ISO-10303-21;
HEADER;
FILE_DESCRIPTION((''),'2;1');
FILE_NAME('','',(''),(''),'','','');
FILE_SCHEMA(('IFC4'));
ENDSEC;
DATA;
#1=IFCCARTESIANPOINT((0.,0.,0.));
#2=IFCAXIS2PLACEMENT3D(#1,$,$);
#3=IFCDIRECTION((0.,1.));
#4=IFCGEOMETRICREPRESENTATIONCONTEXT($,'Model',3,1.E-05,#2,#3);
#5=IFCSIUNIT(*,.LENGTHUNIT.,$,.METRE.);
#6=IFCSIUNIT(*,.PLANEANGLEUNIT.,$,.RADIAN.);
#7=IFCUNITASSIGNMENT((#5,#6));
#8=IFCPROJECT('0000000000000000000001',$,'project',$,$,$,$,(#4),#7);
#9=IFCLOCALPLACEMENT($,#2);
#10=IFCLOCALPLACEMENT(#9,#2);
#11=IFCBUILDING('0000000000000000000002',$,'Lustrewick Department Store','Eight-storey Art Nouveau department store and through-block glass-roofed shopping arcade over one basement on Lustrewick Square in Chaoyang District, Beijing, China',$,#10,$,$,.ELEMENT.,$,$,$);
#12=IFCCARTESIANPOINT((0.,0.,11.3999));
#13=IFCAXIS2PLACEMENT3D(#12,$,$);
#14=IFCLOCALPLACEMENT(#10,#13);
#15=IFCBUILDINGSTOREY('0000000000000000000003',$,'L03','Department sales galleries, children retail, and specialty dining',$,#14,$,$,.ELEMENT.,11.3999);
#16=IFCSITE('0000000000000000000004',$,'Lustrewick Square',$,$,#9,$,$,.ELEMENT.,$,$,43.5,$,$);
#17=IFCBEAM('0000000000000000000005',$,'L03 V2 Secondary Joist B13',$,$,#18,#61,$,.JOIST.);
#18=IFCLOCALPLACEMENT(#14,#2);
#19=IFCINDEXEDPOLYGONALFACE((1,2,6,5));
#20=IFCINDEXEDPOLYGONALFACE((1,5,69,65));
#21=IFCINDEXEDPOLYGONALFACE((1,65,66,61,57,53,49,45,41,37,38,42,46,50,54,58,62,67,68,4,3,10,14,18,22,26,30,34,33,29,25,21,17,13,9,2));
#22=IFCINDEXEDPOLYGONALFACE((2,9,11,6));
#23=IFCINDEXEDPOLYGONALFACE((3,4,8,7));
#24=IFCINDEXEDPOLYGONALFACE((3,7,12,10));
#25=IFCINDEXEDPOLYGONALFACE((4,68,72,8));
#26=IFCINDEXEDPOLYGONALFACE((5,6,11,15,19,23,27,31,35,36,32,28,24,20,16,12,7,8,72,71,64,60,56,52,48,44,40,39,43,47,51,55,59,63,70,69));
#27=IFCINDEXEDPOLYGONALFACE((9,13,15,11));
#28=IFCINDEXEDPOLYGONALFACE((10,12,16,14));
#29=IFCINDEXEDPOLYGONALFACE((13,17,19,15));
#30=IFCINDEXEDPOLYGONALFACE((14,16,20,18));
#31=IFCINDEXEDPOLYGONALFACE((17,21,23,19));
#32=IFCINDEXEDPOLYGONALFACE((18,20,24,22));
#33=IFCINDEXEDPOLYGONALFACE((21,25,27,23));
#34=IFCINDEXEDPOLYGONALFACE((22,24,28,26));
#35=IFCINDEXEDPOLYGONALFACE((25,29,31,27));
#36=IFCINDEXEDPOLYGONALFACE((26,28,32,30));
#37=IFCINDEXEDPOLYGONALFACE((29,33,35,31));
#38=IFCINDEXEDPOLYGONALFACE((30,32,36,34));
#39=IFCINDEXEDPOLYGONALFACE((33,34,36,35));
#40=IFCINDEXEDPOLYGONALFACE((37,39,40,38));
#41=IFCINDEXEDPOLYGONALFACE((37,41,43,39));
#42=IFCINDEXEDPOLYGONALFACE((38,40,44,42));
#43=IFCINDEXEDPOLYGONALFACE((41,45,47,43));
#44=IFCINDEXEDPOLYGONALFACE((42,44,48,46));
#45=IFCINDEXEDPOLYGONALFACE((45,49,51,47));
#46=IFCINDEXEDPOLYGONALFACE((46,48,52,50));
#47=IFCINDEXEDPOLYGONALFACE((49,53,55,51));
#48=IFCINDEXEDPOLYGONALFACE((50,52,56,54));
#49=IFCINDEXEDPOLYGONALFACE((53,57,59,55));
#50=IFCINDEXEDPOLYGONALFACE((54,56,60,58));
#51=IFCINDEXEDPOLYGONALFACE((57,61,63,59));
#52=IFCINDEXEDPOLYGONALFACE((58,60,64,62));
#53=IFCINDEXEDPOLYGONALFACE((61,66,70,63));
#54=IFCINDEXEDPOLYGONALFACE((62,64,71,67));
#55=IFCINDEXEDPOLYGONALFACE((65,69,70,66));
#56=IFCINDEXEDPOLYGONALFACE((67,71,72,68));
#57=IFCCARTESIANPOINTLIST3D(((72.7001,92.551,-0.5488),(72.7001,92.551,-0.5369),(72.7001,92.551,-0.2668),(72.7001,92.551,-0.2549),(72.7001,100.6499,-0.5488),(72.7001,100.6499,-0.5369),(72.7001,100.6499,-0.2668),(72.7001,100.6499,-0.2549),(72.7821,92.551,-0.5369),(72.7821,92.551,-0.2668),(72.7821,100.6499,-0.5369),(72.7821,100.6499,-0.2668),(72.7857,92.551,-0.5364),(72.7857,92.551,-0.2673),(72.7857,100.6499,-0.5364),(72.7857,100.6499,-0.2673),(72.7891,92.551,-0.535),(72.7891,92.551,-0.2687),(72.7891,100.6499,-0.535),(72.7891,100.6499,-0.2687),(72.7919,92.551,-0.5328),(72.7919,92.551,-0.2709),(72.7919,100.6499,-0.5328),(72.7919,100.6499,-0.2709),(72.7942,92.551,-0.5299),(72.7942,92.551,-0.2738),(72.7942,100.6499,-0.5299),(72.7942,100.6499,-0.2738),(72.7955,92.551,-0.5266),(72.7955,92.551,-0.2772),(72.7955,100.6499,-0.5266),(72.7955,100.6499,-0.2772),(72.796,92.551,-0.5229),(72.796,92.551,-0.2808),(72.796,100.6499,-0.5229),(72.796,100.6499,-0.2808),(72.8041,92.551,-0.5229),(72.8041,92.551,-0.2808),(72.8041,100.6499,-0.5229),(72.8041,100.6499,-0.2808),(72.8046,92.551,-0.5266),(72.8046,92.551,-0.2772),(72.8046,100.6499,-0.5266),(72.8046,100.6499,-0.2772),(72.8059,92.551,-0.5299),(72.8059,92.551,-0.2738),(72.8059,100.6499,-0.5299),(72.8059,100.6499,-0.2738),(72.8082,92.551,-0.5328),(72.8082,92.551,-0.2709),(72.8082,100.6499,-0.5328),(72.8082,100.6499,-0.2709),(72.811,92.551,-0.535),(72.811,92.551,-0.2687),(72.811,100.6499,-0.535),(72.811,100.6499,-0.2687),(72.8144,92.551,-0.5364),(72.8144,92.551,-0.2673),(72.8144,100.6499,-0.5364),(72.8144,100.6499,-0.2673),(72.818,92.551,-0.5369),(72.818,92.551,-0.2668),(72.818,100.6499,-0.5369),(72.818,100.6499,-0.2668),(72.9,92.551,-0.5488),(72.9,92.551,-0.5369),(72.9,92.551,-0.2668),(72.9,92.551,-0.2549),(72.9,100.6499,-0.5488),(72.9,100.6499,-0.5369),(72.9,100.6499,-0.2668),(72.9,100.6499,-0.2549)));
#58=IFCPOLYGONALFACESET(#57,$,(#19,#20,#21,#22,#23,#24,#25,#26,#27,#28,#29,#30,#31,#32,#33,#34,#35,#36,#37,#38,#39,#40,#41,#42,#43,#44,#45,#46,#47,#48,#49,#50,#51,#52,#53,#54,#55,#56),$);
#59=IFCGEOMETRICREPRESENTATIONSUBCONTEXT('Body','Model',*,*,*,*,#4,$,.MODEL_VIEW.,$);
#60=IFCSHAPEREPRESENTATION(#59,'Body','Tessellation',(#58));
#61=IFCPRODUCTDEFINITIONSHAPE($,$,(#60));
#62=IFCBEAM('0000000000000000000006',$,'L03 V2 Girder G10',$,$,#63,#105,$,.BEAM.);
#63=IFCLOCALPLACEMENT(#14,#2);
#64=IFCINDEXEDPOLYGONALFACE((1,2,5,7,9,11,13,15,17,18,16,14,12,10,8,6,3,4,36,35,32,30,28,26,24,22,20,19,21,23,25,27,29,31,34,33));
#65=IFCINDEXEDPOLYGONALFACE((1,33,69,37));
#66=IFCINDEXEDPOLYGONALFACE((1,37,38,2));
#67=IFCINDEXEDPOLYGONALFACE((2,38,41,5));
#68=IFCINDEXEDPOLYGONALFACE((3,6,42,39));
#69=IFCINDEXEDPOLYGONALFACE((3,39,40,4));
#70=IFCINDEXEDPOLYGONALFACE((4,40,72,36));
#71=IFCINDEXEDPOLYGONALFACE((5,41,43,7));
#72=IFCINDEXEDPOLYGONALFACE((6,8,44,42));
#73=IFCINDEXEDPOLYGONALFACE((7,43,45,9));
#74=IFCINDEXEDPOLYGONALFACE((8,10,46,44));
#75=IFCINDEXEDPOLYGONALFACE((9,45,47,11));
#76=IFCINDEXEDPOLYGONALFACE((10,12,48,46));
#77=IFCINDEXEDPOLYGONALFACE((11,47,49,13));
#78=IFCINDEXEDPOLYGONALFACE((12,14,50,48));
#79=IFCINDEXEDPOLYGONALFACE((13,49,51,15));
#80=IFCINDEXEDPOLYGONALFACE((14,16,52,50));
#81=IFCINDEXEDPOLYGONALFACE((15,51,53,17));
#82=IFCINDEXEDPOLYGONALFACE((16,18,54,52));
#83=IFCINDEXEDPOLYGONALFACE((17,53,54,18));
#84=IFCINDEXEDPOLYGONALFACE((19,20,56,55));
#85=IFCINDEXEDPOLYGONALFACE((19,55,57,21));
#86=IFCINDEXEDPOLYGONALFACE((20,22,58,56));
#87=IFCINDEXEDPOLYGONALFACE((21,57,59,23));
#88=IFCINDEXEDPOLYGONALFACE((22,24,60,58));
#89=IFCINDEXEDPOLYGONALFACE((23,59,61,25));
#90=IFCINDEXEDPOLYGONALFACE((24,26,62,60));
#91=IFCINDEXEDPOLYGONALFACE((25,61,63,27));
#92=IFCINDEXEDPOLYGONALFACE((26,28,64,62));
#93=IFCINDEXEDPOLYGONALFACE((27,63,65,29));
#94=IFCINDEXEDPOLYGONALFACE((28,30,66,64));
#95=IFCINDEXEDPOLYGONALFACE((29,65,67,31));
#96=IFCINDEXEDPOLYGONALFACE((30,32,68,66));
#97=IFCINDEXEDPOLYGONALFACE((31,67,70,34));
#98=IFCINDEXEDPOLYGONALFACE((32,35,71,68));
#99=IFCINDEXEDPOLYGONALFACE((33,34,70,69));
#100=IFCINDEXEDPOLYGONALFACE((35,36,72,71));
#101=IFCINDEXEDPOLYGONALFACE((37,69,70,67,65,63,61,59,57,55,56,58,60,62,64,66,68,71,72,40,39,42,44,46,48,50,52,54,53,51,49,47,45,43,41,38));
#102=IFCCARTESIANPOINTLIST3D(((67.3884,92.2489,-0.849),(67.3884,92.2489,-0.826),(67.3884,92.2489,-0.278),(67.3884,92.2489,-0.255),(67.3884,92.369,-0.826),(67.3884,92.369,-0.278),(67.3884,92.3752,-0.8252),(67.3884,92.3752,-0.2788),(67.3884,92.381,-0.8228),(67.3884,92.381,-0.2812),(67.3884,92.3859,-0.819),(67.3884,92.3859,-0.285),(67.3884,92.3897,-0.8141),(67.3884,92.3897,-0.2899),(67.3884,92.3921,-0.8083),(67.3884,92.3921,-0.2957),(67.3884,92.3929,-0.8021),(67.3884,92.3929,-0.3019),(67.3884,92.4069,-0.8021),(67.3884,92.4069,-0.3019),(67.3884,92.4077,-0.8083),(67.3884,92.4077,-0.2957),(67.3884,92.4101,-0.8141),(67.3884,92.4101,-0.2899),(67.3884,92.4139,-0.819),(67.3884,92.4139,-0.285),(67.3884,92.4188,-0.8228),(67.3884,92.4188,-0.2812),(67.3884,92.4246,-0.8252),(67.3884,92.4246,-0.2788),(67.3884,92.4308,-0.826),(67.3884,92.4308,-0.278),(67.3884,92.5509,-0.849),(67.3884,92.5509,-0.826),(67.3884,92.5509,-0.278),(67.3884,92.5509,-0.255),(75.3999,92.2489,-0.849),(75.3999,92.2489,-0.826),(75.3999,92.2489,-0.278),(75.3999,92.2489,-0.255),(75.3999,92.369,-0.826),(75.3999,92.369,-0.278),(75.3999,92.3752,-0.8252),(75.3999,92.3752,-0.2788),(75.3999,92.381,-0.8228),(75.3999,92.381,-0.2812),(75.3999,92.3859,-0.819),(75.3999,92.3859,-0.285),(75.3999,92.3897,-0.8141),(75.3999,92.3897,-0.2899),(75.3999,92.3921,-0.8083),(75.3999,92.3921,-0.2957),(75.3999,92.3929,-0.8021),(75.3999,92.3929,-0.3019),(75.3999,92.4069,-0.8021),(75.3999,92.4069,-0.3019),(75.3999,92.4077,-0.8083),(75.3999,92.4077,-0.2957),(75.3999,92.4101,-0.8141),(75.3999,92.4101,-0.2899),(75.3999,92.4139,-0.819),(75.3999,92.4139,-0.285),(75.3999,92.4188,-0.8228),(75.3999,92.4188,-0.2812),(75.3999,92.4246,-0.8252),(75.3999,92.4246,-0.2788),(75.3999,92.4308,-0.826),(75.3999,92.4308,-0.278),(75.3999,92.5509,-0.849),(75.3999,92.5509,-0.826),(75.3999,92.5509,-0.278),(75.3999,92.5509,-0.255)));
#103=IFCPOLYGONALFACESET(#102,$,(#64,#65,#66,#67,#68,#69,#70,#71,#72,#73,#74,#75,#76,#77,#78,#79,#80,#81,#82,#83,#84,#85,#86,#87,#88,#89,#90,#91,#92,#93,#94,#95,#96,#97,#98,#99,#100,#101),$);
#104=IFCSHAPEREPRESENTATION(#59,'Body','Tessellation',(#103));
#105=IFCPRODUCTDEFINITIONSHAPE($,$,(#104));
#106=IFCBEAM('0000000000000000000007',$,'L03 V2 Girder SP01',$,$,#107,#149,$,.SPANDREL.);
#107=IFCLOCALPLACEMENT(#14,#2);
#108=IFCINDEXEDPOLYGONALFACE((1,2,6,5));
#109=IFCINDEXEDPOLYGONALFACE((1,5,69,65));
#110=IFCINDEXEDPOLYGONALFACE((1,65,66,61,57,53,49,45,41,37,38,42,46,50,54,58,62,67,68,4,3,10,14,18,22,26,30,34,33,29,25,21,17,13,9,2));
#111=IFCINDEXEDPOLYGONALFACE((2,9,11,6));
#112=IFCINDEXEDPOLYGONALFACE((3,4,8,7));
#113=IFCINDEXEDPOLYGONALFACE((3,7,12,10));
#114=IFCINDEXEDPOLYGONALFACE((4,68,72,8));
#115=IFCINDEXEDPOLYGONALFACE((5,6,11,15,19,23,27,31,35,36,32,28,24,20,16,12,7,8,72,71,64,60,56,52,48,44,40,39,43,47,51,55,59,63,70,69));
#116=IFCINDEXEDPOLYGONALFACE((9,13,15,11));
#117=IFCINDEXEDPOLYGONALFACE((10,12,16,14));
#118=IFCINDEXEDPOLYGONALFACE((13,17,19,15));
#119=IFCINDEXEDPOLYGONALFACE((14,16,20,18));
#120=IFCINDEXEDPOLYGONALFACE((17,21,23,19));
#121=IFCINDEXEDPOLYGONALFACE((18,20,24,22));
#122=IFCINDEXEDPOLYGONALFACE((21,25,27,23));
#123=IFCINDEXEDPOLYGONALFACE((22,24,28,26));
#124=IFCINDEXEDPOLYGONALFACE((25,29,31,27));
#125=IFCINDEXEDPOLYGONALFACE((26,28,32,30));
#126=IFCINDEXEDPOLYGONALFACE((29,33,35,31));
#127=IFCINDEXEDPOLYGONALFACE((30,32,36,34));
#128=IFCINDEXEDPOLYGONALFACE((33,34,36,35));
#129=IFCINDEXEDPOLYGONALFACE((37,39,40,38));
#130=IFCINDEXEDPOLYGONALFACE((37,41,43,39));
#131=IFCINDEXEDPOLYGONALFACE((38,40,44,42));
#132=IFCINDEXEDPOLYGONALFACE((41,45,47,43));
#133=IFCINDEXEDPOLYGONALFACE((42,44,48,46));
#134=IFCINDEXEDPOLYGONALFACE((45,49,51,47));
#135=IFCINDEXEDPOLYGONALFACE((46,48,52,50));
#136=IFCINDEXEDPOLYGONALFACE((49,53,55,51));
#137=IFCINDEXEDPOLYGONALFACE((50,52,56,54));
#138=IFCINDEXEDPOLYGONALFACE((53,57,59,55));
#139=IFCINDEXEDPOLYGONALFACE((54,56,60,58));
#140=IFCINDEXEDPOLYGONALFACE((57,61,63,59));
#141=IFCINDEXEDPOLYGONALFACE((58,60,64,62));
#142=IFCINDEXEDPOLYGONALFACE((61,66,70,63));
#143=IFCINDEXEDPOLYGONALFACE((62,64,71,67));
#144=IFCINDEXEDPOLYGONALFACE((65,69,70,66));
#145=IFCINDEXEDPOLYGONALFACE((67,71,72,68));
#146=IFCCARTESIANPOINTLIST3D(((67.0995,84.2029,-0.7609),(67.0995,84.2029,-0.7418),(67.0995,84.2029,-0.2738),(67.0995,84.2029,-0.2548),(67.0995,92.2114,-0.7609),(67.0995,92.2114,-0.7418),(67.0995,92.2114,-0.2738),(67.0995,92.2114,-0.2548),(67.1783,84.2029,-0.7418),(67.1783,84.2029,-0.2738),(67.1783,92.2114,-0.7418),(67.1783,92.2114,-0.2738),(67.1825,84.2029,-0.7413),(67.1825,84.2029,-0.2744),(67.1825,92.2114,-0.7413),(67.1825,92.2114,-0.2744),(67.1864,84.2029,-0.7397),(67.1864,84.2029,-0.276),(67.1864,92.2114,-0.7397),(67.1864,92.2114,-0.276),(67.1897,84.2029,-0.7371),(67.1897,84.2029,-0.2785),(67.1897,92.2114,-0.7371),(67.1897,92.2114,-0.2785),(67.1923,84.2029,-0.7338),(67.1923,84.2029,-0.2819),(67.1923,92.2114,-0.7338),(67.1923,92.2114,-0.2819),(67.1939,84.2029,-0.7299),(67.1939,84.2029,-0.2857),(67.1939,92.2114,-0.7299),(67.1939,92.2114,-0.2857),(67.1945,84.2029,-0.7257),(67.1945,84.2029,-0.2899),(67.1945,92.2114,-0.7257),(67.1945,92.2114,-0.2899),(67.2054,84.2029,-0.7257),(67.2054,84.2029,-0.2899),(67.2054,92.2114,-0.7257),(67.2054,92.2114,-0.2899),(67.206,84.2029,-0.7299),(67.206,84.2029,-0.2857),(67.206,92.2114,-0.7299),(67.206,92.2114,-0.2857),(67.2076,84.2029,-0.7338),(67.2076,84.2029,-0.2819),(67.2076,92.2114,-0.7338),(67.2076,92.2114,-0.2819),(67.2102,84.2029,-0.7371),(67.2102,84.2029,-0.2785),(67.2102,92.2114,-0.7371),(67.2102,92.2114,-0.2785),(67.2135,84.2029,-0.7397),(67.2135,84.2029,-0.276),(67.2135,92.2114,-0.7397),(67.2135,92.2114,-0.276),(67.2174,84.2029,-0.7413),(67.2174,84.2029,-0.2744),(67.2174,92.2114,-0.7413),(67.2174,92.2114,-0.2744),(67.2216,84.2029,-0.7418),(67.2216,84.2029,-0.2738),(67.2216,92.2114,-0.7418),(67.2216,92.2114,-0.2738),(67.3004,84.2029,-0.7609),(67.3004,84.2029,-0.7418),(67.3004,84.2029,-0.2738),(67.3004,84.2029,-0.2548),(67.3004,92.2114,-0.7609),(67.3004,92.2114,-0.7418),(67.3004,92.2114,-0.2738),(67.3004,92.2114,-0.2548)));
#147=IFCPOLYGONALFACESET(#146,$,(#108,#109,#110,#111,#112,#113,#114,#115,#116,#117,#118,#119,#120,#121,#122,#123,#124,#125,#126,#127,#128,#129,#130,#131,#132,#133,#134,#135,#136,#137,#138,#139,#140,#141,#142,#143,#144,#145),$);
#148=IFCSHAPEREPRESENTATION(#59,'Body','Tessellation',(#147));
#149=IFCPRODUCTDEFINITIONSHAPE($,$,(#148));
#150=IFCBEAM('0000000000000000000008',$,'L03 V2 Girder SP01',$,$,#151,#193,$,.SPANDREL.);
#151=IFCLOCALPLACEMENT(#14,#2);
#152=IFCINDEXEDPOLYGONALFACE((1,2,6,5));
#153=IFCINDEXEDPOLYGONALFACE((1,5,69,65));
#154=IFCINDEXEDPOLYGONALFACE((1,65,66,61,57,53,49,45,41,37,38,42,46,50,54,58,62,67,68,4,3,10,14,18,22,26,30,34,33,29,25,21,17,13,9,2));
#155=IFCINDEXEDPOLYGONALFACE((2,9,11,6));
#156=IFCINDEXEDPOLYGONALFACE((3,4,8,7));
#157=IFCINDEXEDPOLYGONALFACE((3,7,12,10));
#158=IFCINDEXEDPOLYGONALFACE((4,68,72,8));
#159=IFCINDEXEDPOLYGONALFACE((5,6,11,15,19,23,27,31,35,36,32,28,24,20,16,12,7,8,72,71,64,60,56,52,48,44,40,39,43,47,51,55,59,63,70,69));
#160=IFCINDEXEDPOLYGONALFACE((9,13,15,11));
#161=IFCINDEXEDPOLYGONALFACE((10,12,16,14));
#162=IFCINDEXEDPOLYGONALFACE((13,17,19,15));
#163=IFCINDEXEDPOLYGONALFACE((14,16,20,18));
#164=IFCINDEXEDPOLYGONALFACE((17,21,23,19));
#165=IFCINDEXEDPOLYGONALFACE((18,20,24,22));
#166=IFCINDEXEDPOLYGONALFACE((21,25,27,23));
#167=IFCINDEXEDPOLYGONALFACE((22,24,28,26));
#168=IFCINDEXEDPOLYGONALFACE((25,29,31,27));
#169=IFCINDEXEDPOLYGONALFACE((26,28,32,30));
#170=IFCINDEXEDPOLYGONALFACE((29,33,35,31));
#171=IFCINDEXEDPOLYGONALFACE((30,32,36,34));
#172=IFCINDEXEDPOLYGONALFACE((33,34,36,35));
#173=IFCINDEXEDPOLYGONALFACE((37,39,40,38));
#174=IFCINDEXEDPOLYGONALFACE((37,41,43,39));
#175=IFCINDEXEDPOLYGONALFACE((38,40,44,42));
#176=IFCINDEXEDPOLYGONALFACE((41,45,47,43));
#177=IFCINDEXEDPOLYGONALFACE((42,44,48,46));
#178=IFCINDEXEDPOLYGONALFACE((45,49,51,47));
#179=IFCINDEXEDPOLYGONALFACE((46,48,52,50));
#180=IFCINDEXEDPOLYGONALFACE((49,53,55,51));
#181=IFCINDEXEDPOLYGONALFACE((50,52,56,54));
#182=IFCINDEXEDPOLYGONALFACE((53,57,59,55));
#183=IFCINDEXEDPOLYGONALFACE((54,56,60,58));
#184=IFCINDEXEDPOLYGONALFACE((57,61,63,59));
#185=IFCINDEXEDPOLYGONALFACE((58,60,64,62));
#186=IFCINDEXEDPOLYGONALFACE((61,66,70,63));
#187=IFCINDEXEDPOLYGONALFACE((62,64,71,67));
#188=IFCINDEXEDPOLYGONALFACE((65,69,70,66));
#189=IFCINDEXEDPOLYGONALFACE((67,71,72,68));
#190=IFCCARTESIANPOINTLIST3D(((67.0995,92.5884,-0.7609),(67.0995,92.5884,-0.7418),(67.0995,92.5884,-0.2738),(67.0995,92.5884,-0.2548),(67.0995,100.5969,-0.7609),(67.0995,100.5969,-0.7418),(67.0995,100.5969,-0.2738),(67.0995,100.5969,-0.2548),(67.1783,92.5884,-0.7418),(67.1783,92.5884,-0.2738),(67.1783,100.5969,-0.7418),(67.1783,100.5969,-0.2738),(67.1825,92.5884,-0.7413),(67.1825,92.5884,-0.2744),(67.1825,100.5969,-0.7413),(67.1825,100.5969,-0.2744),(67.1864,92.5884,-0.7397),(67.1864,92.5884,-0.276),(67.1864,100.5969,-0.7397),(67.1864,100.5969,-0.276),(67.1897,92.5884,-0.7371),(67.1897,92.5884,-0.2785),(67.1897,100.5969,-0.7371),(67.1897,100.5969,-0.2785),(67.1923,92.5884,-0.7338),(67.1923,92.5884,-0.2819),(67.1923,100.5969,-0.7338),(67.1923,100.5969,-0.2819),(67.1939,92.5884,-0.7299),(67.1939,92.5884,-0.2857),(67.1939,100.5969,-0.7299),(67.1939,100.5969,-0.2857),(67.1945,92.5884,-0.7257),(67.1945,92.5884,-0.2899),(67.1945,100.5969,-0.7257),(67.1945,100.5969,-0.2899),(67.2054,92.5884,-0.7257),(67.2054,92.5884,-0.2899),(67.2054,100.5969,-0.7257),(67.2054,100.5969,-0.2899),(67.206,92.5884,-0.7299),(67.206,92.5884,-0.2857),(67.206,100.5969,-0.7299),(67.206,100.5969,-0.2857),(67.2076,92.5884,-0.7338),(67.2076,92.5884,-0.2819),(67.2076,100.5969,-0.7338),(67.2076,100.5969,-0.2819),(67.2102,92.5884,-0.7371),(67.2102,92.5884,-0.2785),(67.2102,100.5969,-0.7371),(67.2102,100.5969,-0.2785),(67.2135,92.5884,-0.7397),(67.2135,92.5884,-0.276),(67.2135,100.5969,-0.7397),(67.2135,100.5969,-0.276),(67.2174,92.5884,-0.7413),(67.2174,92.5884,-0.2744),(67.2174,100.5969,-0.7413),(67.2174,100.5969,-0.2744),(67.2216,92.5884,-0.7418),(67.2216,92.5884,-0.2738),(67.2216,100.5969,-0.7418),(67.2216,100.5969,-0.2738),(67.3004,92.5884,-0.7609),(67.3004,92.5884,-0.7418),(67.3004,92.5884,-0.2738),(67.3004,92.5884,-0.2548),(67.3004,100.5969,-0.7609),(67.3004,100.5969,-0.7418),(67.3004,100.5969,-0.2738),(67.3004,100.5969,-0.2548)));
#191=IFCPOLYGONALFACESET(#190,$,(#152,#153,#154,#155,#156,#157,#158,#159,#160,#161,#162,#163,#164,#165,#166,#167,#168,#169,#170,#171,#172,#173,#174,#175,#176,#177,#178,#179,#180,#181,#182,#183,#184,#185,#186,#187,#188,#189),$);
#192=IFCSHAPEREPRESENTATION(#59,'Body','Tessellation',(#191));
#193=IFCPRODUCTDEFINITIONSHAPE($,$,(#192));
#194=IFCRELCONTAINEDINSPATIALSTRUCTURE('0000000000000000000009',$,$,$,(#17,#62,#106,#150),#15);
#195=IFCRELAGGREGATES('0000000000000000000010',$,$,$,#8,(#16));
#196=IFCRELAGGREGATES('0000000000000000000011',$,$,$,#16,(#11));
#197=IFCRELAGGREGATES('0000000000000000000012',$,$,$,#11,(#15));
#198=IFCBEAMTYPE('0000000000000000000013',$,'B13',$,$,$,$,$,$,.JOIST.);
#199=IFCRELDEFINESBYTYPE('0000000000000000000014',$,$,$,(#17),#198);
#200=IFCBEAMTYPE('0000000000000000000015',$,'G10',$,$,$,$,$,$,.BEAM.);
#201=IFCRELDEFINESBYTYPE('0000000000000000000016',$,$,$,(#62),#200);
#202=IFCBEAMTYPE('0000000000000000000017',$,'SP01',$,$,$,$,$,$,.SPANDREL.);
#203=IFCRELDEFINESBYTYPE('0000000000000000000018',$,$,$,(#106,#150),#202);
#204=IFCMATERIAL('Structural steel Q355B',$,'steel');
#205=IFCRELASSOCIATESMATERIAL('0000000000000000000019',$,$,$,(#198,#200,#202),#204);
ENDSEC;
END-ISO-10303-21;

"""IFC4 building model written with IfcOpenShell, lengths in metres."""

from ifc_helpers import new_model, si_unit, direction, frame, origin, origin_2d, place, context, subcontext, project, spatial, i_section, extrude, material, material_profile, profile_set, type_object, element, save


model = new_model("IFC4")

# Units and contexts
model_context = context("Model", 3, precision=1e-05, world=origin(), true_north=direction((0.0, 1.0)))
body_context = subcontext(model_context, "Body", "Model", "MODEL_VIEW")
ifc_project = project(units=[si_unit("LENGTHUNIT", "METRE"), si_unit("PLANEANGLEUNIT", "RADIAN")], contexts=[model_context])

# Site, building, storey
site_placement = place(None, origin())
site = spatial("IfcSite", under=ifc_project, at=site_placement, Name="Lustrewick Square", CompositionType="ELEMENT", RefElevation=43.5)
building_placement = place(site_placement, origin())
building = spatial("IfcBuilding", under=site, at=building_placement, Name="Lustrewick Department Store", Description="Eight-storey Art Nouveau department store and through-block glass-roofed shopping arcade over one basement on Lustrewick Square in Chaoyang District, Beijing, China", CompositionType="ELEMENT")
storey_placement = place(building_placement, frame((0.0, 0.0, 11.3999)))
storey = spatial("IfcBuildingStorey", under=building, at=storey_placement, Name="L03", Description="Department sales galleries, children retail, and specialty dining", CompositionType="ELEMENT", Elevation=11.3999)

# Shared definitions
ifc_material_1 = material(Name="Structural steel Q355B", Category="steel")

# Beams
ifc_material_profile_1 = material_profile(ifc_material_1, i_section(OverallWidth=0.2, OverallDepth=0.2939, WebThickness=0.0081, FlangeThickness=0.012, FilletRadius=0.0139, at=origin_2d()), Name="HM 294x200x8x12")
ifc_profile_set_1 = profile_set([ifc_material_profile_1], Name="Structural steel Q355B")
beam_type_1 = type_object("IfcBeamType", Name="B13", PredefinedType="JOIST", material=ifc_profile_set_1)
beam_1_placement = place(storey_placement, frame((72.8, 92.551, -0.4019), z_axis=(0.0, 1.0, 0.0), x_axis=(-1.0, 0.0, 0.0)))
element("IfcBeam", 1, at=beam_1_placement, inside=storey, type_object=beam_type_1, Name="L03 V2 Secondary Joist B13", PredefinedType="JOIST", context=body_context, shape_type="SweptSolid", body=[
    extrude(i_section(OverallWidth=0.2, OverallDepth=0.2939, WebThickness=0.0081, FlangeThickness=0.012, FilletRadius=0.0139, at=origin_2d()), origin(), (0.0, 0.0, 1.0), 8.0989),
])
ifc_material_profile_2 = material_profile(ifc_material_1, i_section(OverallWidth=0.302, OverallDepth=0.594, WebThickness=0.0139, FlangeThickness=0.0229, FilletRadius=0.0239, at=origin_2d()), Name="HM 594x302x14x23")
ifc_profile_set_2 = profile_set([ifc_material_profile_2], Name="Structural steel Q355B")
beam_type_2 = type_object("IfcBeamType", Name="G10", PredefinedType="BEAM", material=ifc_profile_set_2)
beam_2_placement = place(storey_placement, frame((67.3884, 92.3999, -0.552), z_axis=(1.0, 0.0, 0.0), x_axis=(0.0, 1.0, 0.0)))
element("IfcBeam", 2, at=beam_2_placement, inside=storey, type_object=beam_type_2, Name="L03 V2 Girder G10", PredefinedType="BEAM", context=body_context, shape_type="SweptSolid", body=[
    extrude(i_section(OverallWidth=0.302, OverallDepth=0.594, WebThickness=0.0139, FlangeThickness=0.0229, FilletRadius=0.0239, at=origin_2d()), origin(), (0.0, 0.0, 1.0), 8.0115),
])
ifc_material_profile_3 = material_profile(ifc_material_1, i_section(OverallWidth=0.2009, OverallDepth=0.5061, WebThickness=0.011, FlangeThickness=0.019, FilletRadius=0.0161, at=origin_2d()), Name="HN 506x201x11x19")
ifc_profile_set_3 = profile_set([ifc_material_profile_3], Name="Structural steel Q355B")
beam_type_3 = type_object("IfcBeamType", Name="SP01", PredefinedType="SPANDREL", material=ifc_profile_set_3)
for number, where, z_axis, x_axis, name in (
    (3, (67.2, 84.2029, -0.5078), (0.0, 1.0, 0.0), (-1.0, 0.0, 0.0), "L03 V2 Girder SP01"),
    (4, (67.2, 92.5884, -0.5078), (0.0, 1.0, 0.0), (-1.0, 0.0, 0.0), "L03 V2 Girder SP01"),
):
    element("IfcBeam", number, at=place(storey_placement, frame(where, z_axis=z_axis, x_axis=x_axis)), inside=storey, type_object=beam_type_3, Name=name, PredefinedType="SPANDREL", context=body_context, shape_type="SweptSolid", body=[
        extrude(i_section(OverallWidth=0.2009, OverallDepth=0.5061, WebThickness=0.011, FlangeThickness=0.019, FilletRadius=0.0161, at=origin_2d()), origin(), (0.0, 0.0, 1.0), 8.0085),
    ])

save(model, "model.ifc")
